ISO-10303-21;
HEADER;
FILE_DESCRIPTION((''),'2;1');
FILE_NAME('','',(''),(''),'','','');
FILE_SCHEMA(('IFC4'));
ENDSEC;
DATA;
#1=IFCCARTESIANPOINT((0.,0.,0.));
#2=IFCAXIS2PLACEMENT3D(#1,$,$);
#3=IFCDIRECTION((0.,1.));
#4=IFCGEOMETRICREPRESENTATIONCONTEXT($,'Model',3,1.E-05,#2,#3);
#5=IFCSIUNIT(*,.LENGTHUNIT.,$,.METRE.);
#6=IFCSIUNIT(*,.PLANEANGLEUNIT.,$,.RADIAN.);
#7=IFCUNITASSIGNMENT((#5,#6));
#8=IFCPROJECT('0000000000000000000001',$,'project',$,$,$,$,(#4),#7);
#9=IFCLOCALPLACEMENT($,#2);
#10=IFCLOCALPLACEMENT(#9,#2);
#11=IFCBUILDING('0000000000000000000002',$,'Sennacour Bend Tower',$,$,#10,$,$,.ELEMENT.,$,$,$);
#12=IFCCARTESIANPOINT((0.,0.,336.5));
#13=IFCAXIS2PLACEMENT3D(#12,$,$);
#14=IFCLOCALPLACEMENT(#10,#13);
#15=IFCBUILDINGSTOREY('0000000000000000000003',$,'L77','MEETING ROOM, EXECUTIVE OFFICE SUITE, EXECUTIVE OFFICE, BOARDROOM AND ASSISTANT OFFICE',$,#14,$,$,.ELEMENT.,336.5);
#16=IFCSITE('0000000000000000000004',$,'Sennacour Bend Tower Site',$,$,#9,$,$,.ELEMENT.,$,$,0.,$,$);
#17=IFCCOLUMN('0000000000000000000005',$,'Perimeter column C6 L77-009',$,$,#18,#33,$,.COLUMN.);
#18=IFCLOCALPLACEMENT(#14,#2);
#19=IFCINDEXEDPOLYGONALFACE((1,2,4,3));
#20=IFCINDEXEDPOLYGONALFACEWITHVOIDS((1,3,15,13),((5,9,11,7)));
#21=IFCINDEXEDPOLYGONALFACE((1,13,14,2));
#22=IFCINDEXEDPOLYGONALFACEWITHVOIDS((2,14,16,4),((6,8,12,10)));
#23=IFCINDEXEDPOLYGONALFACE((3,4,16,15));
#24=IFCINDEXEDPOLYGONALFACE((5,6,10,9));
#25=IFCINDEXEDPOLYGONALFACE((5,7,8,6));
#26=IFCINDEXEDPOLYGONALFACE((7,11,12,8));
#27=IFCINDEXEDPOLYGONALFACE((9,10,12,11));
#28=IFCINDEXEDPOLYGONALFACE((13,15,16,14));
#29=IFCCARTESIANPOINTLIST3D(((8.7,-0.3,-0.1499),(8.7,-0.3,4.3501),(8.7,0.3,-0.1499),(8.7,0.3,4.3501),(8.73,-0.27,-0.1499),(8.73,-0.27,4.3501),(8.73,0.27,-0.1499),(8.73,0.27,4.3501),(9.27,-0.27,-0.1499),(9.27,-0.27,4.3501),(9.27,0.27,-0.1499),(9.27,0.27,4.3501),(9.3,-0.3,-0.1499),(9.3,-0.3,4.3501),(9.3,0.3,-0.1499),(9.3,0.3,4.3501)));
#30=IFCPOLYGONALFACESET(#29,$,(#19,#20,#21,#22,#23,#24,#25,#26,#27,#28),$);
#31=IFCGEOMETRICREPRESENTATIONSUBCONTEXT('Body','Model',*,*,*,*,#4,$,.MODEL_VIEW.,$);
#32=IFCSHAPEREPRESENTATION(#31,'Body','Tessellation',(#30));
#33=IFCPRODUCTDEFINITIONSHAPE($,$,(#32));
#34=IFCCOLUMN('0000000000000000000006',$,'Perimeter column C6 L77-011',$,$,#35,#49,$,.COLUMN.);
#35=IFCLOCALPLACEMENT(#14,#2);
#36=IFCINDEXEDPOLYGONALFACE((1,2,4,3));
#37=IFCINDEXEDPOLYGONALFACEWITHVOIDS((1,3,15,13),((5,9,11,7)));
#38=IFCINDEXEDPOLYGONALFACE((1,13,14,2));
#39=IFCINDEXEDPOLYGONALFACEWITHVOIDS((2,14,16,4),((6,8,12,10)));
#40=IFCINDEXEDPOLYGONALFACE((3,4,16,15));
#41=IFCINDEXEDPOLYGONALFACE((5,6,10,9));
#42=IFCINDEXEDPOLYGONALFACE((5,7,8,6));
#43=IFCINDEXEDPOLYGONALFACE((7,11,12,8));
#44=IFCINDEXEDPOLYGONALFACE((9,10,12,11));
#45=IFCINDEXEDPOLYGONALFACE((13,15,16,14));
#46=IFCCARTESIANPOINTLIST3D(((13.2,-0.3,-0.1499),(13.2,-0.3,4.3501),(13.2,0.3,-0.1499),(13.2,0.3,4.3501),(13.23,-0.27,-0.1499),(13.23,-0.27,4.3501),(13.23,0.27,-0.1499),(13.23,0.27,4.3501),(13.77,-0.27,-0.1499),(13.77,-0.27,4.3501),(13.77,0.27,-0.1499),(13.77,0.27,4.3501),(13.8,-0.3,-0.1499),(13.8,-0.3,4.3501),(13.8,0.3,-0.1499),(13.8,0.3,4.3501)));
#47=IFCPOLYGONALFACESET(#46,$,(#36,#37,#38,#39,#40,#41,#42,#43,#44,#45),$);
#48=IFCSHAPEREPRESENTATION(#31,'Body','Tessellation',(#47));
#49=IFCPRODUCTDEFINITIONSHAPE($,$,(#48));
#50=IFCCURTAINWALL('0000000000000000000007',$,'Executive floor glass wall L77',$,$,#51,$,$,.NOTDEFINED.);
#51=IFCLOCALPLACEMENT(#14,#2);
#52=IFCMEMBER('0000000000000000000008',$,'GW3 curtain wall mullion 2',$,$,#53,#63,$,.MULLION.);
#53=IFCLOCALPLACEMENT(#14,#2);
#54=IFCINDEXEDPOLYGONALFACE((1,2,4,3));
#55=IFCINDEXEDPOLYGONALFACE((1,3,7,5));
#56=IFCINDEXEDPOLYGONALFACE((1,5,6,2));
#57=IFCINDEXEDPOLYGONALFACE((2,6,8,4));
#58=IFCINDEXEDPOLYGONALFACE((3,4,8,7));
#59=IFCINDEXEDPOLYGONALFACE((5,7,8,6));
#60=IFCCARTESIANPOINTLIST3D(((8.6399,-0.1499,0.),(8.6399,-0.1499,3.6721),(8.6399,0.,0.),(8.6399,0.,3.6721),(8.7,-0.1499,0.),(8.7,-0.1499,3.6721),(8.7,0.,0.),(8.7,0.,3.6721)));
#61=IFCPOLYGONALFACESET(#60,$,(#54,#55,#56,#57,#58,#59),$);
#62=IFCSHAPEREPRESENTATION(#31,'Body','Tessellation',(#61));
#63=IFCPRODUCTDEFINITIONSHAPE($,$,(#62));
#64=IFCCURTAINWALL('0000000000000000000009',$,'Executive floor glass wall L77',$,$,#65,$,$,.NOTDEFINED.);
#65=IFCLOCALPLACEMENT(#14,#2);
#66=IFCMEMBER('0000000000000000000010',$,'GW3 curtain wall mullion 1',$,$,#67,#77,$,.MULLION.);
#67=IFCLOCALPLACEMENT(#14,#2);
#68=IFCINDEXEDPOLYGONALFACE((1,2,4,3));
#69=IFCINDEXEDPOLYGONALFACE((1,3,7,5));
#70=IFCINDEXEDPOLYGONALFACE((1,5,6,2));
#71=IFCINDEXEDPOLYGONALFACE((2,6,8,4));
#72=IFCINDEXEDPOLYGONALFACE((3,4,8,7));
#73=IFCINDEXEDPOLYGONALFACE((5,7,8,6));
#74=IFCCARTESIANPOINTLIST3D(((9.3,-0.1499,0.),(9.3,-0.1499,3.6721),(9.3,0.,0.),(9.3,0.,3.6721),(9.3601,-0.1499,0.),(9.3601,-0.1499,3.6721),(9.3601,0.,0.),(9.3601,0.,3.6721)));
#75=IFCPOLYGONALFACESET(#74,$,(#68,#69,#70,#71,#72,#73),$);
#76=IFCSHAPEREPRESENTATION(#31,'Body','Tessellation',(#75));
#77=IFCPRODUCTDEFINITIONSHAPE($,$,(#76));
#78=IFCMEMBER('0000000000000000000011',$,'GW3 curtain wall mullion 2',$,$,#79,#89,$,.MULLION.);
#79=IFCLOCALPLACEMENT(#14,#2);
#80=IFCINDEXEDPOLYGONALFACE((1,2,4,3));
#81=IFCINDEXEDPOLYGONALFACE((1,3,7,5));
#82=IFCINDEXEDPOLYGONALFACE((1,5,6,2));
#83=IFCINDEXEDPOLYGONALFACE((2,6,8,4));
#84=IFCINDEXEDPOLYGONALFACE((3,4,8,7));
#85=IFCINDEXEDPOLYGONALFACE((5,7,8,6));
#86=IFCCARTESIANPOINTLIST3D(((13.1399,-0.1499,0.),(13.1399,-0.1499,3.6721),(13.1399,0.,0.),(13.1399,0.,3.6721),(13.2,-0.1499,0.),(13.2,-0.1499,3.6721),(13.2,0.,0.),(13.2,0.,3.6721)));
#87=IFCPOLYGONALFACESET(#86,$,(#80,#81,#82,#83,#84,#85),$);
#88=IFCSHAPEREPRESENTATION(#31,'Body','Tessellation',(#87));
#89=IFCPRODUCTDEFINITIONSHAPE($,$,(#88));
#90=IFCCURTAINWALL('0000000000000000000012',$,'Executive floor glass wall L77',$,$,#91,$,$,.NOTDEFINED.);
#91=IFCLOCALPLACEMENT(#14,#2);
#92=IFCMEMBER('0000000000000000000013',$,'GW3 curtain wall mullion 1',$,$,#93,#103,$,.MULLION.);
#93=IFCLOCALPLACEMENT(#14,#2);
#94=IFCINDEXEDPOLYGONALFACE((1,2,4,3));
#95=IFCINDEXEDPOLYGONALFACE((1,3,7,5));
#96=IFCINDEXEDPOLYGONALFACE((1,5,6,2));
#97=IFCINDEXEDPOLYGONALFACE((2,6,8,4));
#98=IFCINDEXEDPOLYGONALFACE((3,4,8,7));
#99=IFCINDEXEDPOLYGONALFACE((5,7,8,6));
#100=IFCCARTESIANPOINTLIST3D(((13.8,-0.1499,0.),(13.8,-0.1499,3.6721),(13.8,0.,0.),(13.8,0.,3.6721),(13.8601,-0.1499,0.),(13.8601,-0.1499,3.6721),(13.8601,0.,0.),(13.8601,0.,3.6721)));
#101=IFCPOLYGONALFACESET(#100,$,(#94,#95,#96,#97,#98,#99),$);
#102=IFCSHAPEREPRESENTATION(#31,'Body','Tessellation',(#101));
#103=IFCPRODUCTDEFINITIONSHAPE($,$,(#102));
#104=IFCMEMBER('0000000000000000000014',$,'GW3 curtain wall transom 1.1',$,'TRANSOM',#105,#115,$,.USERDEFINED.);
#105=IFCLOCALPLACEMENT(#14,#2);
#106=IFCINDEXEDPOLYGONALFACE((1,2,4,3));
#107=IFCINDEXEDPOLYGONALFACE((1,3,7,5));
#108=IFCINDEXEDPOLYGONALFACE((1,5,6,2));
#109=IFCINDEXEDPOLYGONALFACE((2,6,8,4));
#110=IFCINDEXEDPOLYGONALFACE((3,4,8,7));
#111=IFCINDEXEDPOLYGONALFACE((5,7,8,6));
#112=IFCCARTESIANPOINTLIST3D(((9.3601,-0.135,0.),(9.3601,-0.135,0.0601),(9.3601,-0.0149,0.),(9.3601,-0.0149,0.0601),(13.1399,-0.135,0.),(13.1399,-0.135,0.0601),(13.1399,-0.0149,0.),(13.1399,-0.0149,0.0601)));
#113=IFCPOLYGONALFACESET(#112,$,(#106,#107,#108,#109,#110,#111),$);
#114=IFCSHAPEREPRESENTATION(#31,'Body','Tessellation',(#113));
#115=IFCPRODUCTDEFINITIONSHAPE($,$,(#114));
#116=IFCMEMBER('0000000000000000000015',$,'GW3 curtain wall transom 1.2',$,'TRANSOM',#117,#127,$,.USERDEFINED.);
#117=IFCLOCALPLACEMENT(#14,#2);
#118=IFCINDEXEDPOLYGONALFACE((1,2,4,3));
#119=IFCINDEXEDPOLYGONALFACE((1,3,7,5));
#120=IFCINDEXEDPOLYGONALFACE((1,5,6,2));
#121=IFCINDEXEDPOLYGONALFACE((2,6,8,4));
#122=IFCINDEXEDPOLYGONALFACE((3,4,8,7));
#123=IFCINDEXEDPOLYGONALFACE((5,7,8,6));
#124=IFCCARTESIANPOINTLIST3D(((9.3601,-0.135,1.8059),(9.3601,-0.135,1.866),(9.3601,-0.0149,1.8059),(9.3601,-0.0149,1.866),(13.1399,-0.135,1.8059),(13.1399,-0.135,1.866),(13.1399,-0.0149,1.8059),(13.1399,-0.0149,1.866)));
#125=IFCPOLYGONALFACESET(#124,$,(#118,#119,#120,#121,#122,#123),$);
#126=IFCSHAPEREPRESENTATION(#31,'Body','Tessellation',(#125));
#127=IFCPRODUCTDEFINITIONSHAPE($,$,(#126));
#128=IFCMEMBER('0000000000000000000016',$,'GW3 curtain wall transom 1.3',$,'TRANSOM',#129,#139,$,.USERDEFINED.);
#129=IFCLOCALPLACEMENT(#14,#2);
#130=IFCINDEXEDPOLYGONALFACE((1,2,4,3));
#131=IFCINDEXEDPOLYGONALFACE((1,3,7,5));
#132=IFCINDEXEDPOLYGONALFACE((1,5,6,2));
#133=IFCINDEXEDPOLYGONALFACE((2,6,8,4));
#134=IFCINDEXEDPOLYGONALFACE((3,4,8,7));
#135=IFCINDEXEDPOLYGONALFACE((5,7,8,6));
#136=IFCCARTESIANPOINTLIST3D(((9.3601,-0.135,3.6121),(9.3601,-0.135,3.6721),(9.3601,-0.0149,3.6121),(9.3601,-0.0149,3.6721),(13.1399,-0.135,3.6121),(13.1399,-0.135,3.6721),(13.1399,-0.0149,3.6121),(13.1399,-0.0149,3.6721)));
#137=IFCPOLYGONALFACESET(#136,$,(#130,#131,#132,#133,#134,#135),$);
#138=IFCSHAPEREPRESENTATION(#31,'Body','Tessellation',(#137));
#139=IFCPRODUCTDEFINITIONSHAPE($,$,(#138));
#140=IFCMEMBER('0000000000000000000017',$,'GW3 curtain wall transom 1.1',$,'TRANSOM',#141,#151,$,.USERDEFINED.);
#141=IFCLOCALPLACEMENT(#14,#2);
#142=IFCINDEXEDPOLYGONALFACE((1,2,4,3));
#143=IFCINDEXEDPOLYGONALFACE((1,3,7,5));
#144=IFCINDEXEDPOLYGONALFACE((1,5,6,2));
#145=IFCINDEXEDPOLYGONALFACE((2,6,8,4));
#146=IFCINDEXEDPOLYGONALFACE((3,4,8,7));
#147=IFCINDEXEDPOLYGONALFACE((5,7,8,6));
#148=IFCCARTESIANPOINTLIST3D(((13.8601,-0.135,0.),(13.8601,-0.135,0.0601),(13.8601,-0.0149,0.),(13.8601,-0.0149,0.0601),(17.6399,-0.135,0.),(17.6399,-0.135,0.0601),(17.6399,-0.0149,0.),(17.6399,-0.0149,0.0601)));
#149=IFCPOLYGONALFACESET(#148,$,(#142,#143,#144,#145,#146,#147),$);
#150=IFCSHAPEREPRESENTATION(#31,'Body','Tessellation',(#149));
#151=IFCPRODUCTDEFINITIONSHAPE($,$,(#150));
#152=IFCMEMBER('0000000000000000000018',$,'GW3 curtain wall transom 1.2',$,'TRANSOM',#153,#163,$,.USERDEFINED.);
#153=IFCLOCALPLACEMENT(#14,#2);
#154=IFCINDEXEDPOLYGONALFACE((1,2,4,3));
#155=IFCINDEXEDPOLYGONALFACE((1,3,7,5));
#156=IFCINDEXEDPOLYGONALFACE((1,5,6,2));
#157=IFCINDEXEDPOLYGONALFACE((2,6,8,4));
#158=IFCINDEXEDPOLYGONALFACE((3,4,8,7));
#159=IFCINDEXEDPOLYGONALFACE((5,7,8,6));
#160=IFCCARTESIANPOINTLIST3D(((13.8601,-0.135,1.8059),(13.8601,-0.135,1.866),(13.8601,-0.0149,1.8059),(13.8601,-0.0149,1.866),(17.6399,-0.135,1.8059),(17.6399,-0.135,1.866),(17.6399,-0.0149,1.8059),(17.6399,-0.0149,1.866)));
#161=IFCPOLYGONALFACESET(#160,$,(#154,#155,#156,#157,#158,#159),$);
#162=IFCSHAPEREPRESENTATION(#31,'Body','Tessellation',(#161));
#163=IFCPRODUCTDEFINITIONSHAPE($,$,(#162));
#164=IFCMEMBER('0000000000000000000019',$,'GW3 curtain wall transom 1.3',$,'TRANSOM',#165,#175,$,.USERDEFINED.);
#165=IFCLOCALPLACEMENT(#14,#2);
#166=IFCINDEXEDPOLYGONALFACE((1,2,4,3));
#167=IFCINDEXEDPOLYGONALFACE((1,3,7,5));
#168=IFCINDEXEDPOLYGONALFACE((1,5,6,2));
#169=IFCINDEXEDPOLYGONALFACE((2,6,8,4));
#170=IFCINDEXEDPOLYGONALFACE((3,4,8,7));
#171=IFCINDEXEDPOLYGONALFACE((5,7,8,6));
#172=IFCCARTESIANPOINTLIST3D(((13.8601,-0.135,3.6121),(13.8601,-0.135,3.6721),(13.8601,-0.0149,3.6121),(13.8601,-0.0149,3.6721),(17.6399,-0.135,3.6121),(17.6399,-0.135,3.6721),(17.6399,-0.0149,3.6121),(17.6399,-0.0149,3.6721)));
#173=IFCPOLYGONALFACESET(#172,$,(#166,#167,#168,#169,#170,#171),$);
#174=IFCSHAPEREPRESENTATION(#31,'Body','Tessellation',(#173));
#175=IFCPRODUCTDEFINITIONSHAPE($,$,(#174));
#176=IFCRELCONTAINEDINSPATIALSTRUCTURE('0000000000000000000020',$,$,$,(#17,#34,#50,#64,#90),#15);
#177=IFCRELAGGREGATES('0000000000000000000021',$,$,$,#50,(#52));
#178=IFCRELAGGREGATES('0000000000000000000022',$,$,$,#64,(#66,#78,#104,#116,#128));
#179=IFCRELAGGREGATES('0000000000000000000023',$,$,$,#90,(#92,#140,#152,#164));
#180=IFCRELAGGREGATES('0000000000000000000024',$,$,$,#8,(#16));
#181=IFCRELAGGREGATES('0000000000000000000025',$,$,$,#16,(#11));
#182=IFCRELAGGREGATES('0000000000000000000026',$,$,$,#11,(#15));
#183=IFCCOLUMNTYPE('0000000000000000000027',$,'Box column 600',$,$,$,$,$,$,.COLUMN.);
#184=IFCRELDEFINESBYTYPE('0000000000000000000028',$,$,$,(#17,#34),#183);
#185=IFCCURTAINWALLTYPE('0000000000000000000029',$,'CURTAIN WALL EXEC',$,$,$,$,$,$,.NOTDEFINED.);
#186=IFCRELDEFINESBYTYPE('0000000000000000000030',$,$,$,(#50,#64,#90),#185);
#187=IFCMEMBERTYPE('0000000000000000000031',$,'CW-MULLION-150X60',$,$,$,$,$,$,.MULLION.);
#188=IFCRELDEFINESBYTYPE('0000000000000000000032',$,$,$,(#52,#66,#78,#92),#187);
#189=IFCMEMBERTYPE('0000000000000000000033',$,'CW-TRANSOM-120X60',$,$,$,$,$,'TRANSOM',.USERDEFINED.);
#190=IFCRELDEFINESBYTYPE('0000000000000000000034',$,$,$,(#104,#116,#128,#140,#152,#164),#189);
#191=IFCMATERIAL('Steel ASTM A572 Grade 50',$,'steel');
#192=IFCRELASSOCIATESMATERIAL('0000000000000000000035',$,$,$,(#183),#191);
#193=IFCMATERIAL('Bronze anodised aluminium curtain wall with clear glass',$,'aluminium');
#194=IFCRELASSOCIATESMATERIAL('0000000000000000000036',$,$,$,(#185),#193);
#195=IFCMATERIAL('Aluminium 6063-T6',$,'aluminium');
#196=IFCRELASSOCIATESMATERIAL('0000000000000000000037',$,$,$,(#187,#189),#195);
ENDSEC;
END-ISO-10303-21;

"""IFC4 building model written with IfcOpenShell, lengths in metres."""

from ifc_helpers import new_model, si_unit, direction, frame, origin, origin_2d, place, context, subcontext, project, spatial, rectangle, hollow_rectangle, extrude, material, material_profile, profile_set, type_object, element, aggregate, save


model = new_model("IFC4")

# Units and contexts
model_context = context("Model", 3, precision=1e-05, world=origin(), true_north=direction((0.0, 1.0)))
body_context = subcontext(model_context, "Body", "Model", "MODEL_VIEW")
ifc_project = project(units=[si_unit("LENGTHUNIT", "METRE"), si_unit("PLANEANGLEUNIT", "RADIAN")], contexts=[model_context])

# Site, building, storey
site_placement = place(None, origin())
site = spatial("IfcSite", under=ifc_project, at=site_placement, Name="Sennacour Bend Tower Site", CompositionType="ELEMENT", RefElevation=0.0)
building_placement = place(site_placement, origin())
building = spatial("IfcBuilding", under=site, at=building_placement, Name="Sennacour Bend Tower", CompositionType="ELEMENT")
storey_placement = place(building_placement, frame((0.0, 0.0, 336.5)))
storey = spatial("IfcBuildingStorey", under=building, at=storey_placement, Name="L77", Description="MEETING ROOM, EXECUTIVE OFFICE SUITE, EXECUTIVE OFFICE, BOARDROOM AND ASSISTANT OFFICE", CompositionType="ELEMENT", Elevation=336.5)

# Columns
ifc_material_1 = material(Name="Steel ASTM A572 Grade 50", Category="steel")
ifc_material_profile_1 = material_profile(ifc_material_1, hollow_rectangle(XDim=0.6001, YDim=0.6001, WallThickness=0.03, at=origin_2d()), Name="Steel ASTM A572 Grade 50", Category="steel")
ifc_profile_set_1 = profile_set([ifc_material_profile_1], Name="Steel ASTM A572 Grade 50")
column_type = type_object("IfcColumnType", Name="Box column 600", PredefinedType="COLUMN", material=ifc_profile_set_1)
for number, where, z_axis, x_axis, name in (
    (1, (9.0, 0.0, -0.1499), (0.0, 0.0, 1.0), (1.0, 0.0, 0.0), "Perimeter column C6 L77-009"),
    (2, (13.5, 0.0, -0.1499), (0.0, 0.0, 1.0), (1.0, 0.0, 0.0), "Perimeter column C6 L77-011"),
):
    element("IfcColumn", number, at=place(storey_placement, frame(where, z_axis=z_axis, x_axis=x_axis)), inside=storey, type_object=column_type, Name=name, PredefinedType="COLUMN", context=body_context, shape_type="SweptSolid", body=[
        extrude(hollow_rectangle(XDim=0.6001, YDim=0.6001, WallThickness=0.03, at=origin_2d()), origin(), (0.0, 0.0, 1.0), 4.5),
    ])

# Curtain wall, member
ifc_material_2 = material(Name="Bronze anodised aluminium curtain wall with clear glass", Category="aluminium")
curtain_wall_type = type_object("IfcCurtainWallType", Name="CURTAIN WALL EXEC", PredefinedType="NOTDEFINED", material=ifc_material_2)
curtain_wall_1_placement = place(storey_placement, origin())
curtain_wall_1 = element("IfcCurtainWall", 3, at=curtain_wall_1_placement, inside=storey, type_object=curtain_wall_type, Name="Executive floor glass wall L77", PredefinedType="NOTDEFINED")
ifc_material_3 = material(Name="Aluminium 6063-T6", Category="aluminium")
ifc_material_profile_2 = material_profile(ifc_material_3, rectangle(XDim=0.1499, YDim=0.0601, at=origin_2d()), Name="Aluminium 6063-T6", Category="aluminium")
ifc_profile_set_2 = profile_set([ifc_material_profile_2], Name="Aluminium 6063-T6")
member_type_1 = type_object("IfcMemberType", Name="CW-MULLION-150X60", PredefinedType="MULLION", material=ifc_profile_set_2)
member_1_placement = place(storey_placement, frame((8.6699, -0.075, 0.0), z_axis=(0.0, 0.0, 1.0), x_axis=(0.0, 1.0, 0.0)))
member_1 = element("IfcMember", 4, at=member_1_placement, type_object=member_type_1, Name="GW3 curtain wall mullion 2", PredefinedType="MULLION", context=body_context, shape_type="SweptSolid", body=[
    extrude(rectangle(XDim=0.1499, YDim=0.0601, at=origin_2d()), origin(), (0.0, 0.0, 1.0), 3.6721),
])
aggregate(curtain_wall_1, [member_1])

# Curtain wall, members
curtain_wall_2_placement = place(storey_placement, origin())
curtain_wall_2 = element("IfcCurtainWall", 5, at=curtain_wall_2_placement, inside=storey, type_object=curtain_wall_type, Name="Executive floor glass wall L77", PredefinedType="NOTDEFINED")
member_2_placement = place(storey_placement, frame((9.3301, -0.075, 0.0), z_axis=(0.0, 0.0, 1.0), x_axis=(0.0, 1.0, 0.0)))
member_2 = element("IfcMember", 6, at=member_2_placement, type_object=member_type_1, Name="GW3 curtain wall mullion 1", PredefinedType="MULLION", context=body_context, shape_type="SweptSolid", body=[
    extrude(rectangle(XDim=0.1499, YDim=0.0601, at=origin_2d()), origin(), (0.0, 0.0, 1.0), 3.6721),
])
member_3_placement = place(storey_placement, frame((13.1699, -0.075, 0.0), z_axis=(0.0, 0.0, 1.0), x_axis=(0.0, 1.0, 0.0)))
member_3 = element("IfcMember", 7, at=member_3_placement, type_object=member_type_1, Name="GW3 curtain wall mullion 2", PredefinedType="MULLION", context=body_context, shape_type="SweptSolid", body=[
    extrude(rectangle(XDim=0.1499, YDim=0.0601, at=origin_2d()), origin(), (0.0, 0.0, 1.0), 3.6721),
])

# Curtain wall, member
curtain_wall_3_placement = place(storey_placement, origin())
curtain_wall_3 = element("IfcCurtainWall", 8, at=curtain_wall_3_placement, inside=storey, type_object=curtain_wall_type, Name="Executive floor glass wall L77", PredefinedType="NOTDEFINED")
member_4_placement = place(storey_placement, frame((13.8301, -0.075, 0.0), z_axis=(0.0, 0.0, 1.0), x_axis=(0.0, 1.0, 0.0)))
member_4 = element("IfcMember", 9, at=member_4_placement, type_object=member_type_1, Name="GW3 curtain wall mullion 1", PredefinedType="MULLION", context=body_context, shape_type="SweptSolid", body=[
    extrude(rectangle(XDim=0.1499, YDim=0.0601, at=origin_2d()), origin(), (0.0, 0.0, 1.0), 3.6721),
])

# Members
ifc_material_profile_3 = material_profile(ifc_material_3, rectangle(XDim=0.1201, YDim=0.0601, at=origin_2d()), Name="Aluminium 6063-T6", Category="aluminium")
ifc_profile_set_3 = profile_set([ifc_material_profile_3], Name="Aluminium 6063-T6")
member_type_2 = type_object("IfcMemberType", Name="CW-TRANSOM-120X60", ElementType="TRANSOM", PredefinedType="USERDEFINED", material=ifc_profile_set_3)
member_5_placement = place(storey_placement, frame((9.3601, -0.075, 0.03), z_axis=(1.0, 0.0, 0.0), x_axis=(0.0, 1.0, 0.0)))
member_5 = element("IfcMember", 10, at=member_5_placement, type_object=member_type_2, Name="GW3 curtain wall transom 1.1", ObjectType="TRANSOM", PredefinedType="USERDEFINED", context=body_context, shape_type="SweptSolid", body=[
    extrude(rectangle(XDim=0.1201, YDim=0.0601, at=origin_2d()), origin(), (0.0, 0.0, 1.0), 3.7798),
])
member_6_placement = place(storey_placement, frame((9.3601, -0.075, 1.8359), z_axis=(1.0, 0.0, 0.0), x_axis=(0.0, 1.0, 0.0)))
member_6 = element("IfcMember", 11, at=member_6_placement, type_object=member_type_2, Name="GW3 curtain wall transom 1.2", ObjectType="TRANSOM", PredefinedType="USERDEFINED", context=body_context, shape_type="SweptSolid", body=[
    extrude(rectangle(XDim=0.1201, YDim=0.0601, at=origin_2d()), origin(), (0.0, 0.0, 1.0), 3.7798),
])
member_7_placement = place(storey_placement, frame((9.3601, -0.075, 3.6421), z_axis=(1.0, 0.0, 0.0), x_axis=(0.0, 1.0, 0.0)))
member_7 = element("IfcMember", 12, at=member_7_placement, type_object=member_type_2, Name="GW3 curtain wall transom 1.3", ObjectType="TRANSOM", PredefinedType="USERDEFINED", context=body_context, shape_type="SweptSolid", body=[
    extrude(rectangle(XDim=0.1201, YDim=0.0601, at=origin_2d()), origin(), (0.0, 0.0, 1.0), 3.7798),
])
member_8_placement = place(storey_placement, frame((13.8601, -0.075, 0.03), z_axis=(1.0, 0.0, 0.0), x_axis=(0.0, 1.0, 0.0)))
member_8 = element("IfcMember", 13, at=member_8_placement, type_object=member_type_2, Name="GW3 curtain wall transom 1.1", ObjectType="TRANSOM", PredefinedType="USERDEFINED", context=body_context, shape_type="SweptSolid", body=[
    extrude(rectangle(XDim=0.1201, YDim=0.0601, at=origin_2d()), origin(), (0.0, 0.0, 1.0), 3.7798),
])
member_9_placement = place(storey_placement, frame((13.8601, -0.075, 1.8359), z_axis=(1.0, 0.0, 0.0), x_axis=(0.0, 1.0, 0.0)))
member_9 = element("IfcMember", 14, at=member_9_placement, type_object=member_type_2, Name="GW3 curtain wall transom 1.2", ObjectType="TRANSOM", PredefinedType="USERDEFINED", context=body_context, shape_type="SweptSolid", body=[
    extrude(rectangle(XDim=0.1201, YDim=0.0601, at=origin_2d()), origin(), (0.0, 0.0, 1.0), 3.7798),
])
member_10_placement = place(storey_placement, frame((13.8601, -0.075, 3.6421), z_axis=(1.0, 0.0, 0.0), x_axis=(0.0, 1.0, 0.0)))
member_10 = element("IfcMember", 15, at=member_10_placement, type_object=member_type_2, Name="GW3 curtain wall transom 1.3", ObjectType="TRANSOM", PredefinedType="USERDEFINED", context=body_context, shape_type="SweptSolid", body=[
    extrude(rectangle(XDim=0.1201, YDim=0.0601, at=origin_2d()), origin(), (0.0, 0.0, 1.0), 3.7798),
])

aggregate(curtain_wall_2, [member_2, member_3, member_5, member_6, member_7])
aggregate(curtain_wall_3, [member_4, member_8, member_9, member_10])

save(model, "model.ifc")
